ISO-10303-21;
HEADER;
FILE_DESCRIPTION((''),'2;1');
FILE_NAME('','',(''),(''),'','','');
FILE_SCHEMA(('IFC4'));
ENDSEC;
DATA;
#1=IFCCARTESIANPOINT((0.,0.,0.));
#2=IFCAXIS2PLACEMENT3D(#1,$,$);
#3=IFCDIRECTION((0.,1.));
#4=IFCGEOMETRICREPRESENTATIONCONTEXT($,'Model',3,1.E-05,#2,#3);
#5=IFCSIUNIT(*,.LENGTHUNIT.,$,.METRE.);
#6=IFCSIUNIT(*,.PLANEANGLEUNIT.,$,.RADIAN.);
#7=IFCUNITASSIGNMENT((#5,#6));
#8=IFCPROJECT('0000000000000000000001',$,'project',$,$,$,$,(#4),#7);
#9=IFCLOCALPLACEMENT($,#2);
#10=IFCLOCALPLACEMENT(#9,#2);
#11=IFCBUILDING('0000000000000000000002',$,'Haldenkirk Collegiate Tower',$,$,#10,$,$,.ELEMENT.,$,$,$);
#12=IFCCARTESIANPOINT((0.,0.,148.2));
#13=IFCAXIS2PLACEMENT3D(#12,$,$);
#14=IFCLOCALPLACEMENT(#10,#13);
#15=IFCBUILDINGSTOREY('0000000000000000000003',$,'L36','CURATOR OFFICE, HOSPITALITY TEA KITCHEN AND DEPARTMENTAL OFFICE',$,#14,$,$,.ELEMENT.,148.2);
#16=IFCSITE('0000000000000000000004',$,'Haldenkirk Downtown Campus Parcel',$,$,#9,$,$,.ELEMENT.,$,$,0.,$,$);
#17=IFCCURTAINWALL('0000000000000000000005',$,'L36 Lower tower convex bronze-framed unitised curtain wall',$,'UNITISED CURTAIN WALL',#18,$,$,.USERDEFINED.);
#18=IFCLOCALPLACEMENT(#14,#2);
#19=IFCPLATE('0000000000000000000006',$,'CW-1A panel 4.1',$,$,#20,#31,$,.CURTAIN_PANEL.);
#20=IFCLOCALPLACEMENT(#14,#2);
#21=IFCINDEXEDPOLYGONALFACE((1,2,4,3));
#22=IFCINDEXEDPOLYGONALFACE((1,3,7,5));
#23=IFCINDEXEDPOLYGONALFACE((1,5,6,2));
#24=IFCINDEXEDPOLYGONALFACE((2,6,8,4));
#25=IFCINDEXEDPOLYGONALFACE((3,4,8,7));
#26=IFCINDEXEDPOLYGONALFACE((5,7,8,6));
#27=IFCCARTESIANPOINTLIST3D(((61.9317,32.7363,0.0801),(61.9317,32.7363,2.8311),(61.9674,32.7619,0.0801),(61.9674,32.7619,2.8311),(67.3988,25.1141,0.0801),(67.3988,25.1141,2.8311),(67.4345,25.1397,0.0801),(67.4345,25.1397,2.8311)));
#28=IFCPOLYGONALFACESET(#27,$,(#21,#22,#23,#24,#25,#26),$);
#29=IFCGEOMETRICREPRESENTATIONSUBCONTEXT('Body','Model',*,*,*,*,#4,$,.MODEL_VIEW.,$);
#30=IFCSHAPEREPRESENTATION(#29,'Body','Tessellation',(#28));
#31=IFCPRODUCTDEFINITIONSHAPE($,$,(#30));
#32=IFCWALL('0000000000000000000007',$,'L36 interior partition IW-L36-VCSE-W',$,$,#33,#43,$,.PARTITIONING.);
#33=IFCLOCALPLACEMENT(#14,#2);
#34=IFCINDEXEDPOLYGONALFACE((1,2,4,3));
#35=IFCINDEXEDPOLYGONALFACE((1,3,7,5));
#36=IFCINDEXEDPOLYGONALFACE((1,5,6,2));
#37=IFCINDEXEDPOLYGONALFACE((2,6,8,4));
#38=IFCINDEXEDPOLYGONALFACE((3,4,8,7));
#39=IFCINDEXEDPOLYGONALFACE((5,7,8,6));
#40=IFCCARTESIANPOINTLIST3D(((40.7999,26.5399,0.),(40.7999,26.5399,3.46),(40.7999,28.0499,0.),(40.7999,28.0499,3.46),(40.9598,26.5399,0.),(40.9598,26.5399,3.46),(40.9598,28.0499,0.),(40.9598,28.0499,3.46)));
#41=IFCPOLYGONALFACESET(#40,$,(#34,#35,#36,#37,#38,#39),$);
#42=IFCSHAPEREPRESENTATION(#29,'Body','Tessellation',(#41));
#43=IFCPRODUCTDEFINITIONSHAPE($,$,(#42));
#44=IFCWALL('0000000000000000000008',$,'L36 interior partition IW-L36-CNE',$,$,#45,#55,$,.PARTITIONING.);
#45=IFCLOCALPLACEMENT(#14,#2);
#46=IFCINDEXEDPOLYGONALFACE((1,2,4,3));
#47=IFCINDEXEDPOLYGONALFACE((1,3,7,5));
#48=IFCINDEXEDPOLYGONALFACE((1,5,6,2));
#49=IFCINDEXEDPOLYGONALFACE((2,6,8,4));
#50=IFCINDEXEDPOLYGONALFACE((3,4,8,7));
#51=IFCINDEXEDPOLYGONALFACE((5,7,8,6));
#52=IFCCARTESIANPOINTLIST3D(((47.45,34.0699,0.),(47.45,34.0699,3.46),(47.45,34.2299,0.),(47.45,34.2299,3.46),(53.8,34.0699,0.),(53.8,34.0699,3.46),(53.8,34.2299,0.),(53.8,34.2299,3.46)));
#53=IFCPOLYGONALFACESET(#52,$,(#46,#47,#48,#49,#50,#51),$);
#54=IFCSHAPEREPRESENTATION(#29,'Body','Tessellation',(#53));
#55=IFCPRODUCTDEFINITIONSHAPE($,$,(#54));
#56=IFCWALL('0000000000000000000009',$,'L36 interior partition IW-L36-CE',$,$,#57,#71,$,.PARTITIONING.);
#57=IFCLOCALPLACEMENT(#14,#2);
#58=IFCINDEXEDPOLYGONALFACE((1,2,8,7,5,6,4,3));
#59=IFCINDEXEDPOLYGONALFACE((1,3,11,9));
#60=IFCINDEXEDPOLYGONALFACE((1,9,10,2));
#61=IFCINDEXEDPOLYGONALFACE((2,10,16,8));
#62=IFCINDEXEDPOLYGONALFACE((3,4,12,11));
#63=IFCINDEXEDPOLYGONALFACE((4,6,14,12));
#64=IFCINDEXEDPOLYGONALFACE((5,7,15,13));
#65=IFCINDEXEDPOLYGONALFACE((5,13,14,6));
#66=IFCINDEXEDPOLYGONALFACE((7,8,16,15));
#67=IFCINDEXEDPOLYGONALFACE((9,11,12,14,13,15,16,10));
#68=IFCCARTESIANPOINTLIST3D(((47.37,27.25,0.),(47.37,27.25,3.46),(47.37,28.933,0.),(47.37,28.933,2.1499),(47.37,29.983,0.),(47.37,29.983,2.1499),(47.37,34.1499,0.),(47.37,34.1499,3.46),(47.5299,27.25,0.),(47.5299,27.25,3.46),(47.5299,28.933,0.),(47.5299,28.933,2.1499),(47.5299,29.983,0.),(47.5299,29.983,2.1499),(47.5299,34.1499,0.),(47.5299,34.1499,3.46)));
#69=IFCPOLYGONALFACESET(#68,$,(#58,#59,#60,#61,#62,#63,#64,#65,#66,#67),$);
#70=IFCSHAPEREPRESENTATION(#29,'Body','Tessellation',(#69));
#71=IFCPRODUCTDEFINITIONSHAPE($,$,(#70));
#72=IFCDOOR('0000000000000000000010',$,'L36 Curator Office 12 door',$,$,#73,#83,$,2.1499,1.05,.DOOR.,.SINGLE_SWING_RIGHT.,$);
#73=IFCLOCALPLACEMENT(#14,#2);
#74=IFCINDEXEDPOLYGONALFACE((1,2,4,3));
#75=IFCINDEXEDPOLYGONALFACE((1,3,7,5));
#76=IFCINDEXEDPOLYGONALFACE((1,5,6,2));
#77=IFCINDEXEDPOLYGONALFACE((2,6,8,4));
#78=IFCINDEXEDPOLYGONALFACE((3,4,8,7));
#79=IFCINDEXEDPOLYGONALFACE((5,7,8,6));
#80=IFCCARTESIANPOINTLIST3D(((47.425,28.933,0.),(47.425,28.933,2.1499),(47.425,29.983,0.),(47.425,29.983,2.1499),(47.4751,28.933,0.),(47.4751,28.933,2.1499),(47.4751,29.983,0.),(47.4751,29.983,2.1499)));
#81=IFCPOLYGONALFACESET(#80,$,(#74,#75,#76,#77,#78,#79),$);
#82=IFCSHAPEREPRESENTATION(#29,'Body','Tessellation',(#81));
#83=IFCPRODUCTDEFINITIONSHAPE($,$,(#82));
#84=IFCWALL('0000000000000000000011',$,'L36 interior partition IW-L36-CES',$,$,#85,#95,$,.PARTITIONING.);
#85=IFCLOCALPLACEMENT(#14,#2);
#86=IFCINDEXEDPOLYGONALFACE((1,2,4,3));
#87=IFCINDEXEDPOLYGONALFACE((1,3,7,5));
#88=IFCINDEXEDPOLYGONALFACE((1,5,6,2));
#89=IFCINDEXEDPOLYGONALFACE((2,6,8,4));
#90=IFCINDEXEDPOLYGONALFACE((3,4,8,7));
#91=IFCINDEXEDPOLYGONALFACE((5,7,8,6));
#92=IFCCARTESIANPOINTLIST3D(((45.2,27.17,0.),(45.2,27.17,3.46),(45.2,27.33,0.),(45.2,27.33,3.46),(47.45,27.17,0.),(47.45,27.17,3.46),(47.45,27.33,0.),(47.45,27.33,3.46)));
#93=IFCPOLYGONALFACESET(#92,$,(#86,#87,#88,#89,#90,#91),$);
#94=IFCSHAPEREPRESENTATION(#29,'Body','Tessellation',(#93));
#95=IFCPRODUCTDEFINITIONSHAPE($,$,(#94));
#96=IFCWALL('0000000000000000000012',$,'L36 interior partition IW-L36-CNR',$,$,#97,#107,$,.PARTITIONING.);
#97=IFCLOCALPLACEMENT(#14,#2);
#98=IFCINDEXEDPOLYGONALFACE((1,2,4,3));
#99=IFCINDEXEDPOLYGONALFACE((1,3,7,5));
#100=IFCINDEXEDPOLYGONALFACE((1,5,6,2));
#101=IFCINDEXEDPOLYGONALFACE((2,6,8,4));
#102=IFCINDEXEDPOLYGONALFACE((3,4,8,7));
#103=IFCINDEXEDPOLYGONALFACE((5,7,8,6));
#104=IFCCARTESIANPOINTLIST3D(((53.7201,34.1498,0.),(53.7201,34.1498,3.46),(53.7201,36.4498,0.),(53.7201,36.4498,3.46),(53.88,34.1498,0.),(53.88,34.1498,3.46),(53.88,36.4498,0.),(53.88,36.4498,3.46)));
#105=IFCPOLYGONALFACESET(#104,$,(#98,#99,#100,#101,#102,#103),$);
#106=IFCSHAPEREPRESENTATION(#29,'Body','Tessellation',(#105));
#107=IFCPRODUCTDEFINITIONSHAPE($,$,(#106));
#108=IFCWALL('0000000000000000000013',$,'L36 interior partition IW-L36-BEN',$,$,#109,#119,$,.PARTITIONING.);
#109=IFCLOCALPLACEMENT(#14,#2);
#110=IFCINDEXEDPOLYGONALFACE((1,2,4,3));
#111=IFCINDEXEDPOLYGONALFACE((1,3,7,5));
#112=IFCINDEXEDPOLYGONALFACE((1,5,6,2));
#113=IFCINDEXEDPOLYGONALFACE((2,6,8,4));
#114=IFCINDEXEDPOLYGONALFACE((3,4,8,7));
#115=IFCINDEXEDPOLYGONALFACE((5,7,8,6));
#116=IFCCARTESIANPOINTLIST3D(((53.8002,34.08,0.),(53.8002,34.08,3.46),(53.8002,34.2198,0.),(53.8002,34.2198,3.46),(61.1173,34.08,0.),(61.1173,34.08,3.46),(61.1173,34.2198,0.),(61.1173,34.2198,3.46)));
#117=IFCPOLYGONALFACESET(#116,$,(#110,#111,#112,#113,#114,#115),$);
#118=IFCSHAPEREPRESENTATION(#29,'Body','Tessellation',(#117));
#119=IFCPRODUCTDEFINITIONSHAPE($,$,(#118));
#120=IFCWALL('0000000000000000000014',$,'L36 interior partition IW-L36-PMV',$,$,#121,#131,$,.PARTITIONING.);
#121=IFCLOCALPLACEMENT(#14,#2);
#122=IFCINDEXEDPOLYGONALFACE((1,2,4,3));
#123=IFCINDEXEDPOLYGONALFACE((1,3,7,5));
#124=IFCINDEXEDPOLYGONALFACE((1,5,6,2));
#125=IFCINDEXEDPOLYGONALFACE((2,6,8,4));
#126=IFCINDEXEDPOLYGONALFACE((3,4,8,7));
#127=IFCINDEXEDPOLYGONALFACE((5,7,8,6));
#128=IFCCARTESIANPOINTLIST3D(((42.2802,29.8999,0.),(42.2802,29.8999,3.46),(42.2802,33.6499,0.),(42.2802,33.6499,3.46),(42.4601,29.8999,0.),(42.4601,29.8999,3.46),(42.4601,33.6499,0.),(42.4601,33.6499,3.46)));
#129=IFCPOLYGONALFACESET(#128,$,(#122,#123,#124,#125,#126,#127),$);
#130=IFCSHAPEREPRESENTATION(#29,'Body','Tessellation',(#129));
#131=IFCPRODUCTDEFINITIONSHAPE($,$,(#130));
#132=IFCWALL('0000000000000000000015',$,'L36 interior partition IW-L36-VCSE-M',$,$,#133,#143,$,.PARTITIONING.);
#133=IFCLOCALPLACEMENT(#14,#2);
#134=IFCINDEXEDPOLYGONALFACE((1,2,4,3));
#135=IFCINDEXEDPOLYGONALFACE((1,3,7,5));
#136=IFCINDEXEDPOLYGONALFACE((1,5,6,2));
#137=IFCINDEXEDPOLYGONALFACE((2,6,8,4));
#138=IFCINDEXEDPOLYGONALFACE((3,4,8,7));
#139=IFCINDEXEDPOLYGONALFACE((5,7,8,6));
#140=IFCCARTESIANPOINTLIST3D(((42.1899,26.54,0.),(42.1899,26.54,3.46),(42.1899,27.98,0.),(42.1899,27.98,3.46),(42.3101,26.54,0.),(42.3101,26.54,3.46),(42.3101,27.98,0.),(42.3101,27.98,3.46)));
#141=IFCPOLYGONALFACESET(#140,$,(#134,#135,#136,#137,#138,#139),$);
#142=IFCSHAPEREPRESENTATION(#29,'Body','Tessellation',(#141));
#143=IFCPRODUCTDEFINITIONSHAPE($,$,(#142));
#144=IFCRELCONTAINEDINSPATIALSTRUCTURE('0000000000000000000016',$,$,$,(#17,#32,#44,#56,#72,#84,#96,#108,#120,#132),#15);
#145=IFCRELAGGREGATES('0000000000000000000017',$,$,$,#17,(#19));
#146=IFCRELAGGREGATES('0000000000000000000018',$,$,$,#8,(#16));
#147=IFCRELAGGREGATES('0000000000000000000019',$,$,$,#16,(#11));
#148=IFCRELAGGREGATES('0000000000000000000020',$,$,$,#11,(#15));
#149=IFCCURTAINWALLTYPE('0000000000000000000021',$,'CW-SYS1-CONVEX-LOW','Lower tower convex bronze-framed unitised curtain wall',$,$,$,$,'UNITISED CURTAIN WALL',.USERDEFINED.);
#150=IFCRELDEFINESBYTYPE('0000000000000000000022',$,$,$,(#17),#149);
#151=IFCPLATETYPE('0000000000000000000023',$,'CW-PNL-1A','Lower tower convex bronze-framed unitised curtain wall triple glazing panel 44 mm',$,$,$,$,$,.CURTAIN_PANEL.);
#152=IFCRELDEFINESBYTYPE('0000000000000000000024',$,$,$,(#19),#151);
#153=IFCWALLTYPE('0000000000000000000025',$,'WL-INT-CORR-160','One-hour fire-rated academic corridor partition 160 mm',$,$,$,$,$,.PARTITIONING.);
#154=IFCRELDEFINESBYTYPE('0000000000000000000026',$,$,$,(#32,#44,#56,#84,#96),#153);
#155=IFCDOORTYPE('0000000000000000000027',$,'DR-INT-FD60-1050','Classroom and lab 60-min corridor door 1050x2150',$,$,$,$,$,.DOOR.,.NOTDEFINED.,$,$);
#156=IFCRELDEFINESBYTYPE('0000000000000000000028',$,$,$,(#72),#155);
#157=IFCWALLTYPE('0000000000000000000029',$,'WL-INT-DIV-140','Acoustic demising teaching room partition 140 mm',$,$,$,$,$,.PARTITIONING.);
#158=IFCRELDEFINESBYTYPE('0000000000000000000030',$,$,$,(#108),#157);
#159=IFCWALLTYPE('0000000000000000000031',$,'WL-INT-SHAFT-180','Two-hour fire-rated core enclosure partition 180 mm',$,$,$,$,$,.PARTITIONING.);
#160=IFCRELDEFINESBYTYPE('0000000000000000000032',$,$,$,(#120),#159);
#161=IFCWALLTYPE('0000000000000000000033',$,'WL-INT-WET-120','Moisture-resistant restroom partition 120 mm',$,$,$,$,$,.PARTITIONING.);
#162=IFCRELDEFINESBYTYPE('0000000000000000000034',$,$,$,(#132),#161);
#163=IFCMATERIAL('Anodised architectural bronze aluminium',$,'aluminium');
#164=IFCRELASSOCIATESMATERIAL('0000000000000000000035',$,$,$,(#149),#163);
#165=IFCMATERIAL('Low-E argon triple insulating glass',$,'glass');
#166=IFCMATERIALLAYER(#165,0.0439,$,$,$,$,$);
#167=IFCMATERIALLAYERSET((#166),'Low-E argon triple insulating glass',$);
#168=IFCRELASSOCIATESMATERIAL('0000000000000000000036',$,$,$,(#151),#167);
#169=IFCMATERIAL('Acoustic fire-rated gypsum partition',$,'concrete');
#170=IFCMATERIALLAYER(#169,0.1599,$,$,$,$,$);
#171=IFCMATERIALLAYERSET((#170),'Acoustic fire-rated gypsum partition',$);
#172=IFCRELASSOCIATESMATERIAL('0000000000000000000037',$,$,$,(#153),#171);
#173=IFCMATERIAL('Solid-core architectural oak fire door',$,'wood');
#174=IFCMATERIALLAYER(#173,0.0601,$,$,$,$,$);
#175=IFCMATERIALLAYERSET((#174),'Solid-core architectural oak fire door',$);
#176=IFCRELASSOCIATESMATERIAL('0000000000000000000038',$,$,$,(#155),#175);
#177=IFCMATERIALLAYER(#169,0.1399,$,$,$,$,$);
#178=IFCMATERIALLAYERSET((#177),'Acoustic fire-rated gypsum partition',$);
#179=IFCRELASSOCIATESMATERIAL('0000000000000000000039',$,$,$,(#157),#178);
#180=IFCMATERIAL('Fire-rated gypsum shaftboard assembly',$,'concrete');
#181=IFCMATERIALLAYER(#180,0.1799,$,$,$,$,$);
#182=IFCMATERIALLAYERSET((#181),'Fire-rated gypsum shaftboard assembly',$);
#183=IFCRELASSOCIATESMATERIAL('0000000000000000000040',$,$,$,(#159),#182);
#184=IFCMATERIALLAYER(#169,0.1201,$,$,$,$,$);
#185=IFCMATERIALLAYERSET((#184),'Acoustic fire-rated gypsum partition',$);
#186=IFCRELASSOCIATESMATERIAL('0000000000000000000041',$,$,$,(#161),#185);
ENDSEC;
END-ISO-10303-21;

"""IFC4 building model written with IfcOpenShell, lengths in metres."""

from ifc_helpers import new_model, si_unit, direction, frame, frame_2d, origin, origin_2d, place, context, subcontext, project, spatial, rectangle, extrude, source, transform, mapped, material, layer, layer_set, type_object, element, fill, aggregate, save


model = new_model("IFC4")

# Units and contexts
model_context = context("Model", 3, precision=1e-05, world=origin(), true_north=direction((0.0, 1.0)))
body_context = subcontext(model_context, "Body", "Model", "MODEL_VIEW")
ifc_project = project(units=[si_unit("LENGTHUNIT", "METRE"), si_unit("PLANEANGLEUNIT", "RADIAN")], contexts=[model_context])

# Site, building, storey
site_placement = place(None, origin())
site = spatial("IfcSite", under=ifc_project, at=site_placement, Name="Haldenkirk Downtown Campus Parcel", CompositionType="ELEMENT", RefElevation=0.0)
building_placement = place(site_placement, origin())
building = spatial("IfcBuilding", under=site, at=building_placement, Name="Haldenkirk Collegiate Tower", CompositionType="ELEMENT")
storey_placement = place(building_placement, frame((0.0, 0.0, 148.2)))
storey = spatial("IfcBuildingStorey", under=building, at=storey_placement, Name="L36", Description="CURATOR OFFICE, HOSPITALITY TEA KITCHEN AND DEPARTMENTAL OFFICE", CompositionType="ELEMENT", Elevation=148.2)

# Curtain wall, plate
ifc_material_1 = material(Name="Anodised architectural bronze aluminium", Category="aluminium")
curtain_wall_type = type_object("IfcCurtainWallType", Name="CW-SYS1-CONVEX-LOW", Description="Lower tower convex bronze-framed unitised curtain wall", ElementType="UNITISED CURTAIN WALL", PredefinedType="USERDEFINED", material=ifc_material_1)
curtain_wall_placement = place(storey_placement, origin())
curtain_wall = element("IfcCurtainWall", 1, at=curtain_wall_placement, inside=storey, type_object=curtain_wall_type, Name="L36 Lower tower convex bronze-framed unitised curtain wall", ObjectType="UNITISED CURTAIN WALL", PredefinedType="USERDEFINED")
ifc_material_2 = material(Name="Low-E argon triple insulating glass", Category="glass")
ifc_layer_1 = layer(ifc_material_2, 0.0439)
ifc_layer_set_1 = layer_set([ifc_layer_1], Name="Low-E argon triple insulating glass")
plate_type_1 = type_object("IfcPlateType", Name="CW-PNL-1A", Description="Lower tower convex bronze-framed unitised curtain wall triple glazing panel 44 mm", PredefinedType="CURTAIN_PANEL", material=ifc_layer_set_1)
shared_shape_1 = source(origin(), body_context, "Body", "SweptSolid", [
    extrude(rectangle(XDim=9.3801, YDim=0.0439, at=origin_2d()), origin(), (0.0, 0.0, 1.0), 2.751),
])
plate_1_placement = place(storey_placement, frame((64.6831, 28.938, 0.0801), z_axis=(0.0, 0.0, 1.0), x_axis=(0.582832, -0.812592, 0.0)))
plate_1 = element("IfcPlate", 2, at=plate_1_placement, type_object=plate_type_1, Name="CW-1A panel 4.1", PredefinedType="CURTAIN_PANEL", context=body_context, shape_type="MappedRepresentation", body=[
    mapped(shared_shape_1, transform((0.0, 0.0, 0.0), x_axis=(1.0, 0.0, 0.0), y_axis=(0.0, 1.0, 0.0), z_axis=(0.0, 0.0, 1.0), scale=1.0)),
])
aggregate(curtain_wall, [plate_1])

# Walls
ifc_material_3 = material(Name="Acoustic fire-rated gypsum partition", Category="concrete")
ifc_layer_2 = layer(ifc_material_3, 0.1599)
ifc_layer_set_2 = layer_set([ifc_layer_2], Name="Acoustic fire-rated gypsum partition")
wall_type_1 = type_object("IfcWallType", Name="WL-INT-CORR-160", Description="One-hour fire-rated academic corridor partition 160 mm", PredefinedType="PARTITIONING", material=ifc_layer_set_2)
wall_1_placement = place(storey_placement, frame((40.8799, 26.54, 0.0), z_axis=(0.0, 0.0, 1.0), x_axis=(0.0, 1.0, 0.0)))
element("IfcWall", 3, at=wall_1_placement, inside=storey, type_object=wall_type_1, Name="L36 interior partition IW-L36-VCSE-W", PredefinedType="PARTITIONING", context=body_context, shape_type="SweptSolid", body=[
    extrude(rectangle(XDim=1.51, YDim=0.1599, at=frame_2d((0.7549, 0.0))), origin(), (0.0, 0.0, 1.0), 3.46),
])
wall_2_placement = place(storey_placement, frame((47.45, 34.1499, 0.0), z_axis=(0.0, 0.0, 1.0), x_axis=(1.0, 0.0, 0.0)))
element("IfcWall", 4, at=wall_2_placement, inside=storey, type_object=wall_type_1, Name="L36 interior partition IW-L36-CNE", PredefinedType="PARTITIONING", context=body_context, shape_type="SweptSolid", body=[
    extrude(rectangle(XDim=6.3501, YDim=0.1599, at=frame_2d((3.175, 0.0))), origin(), (0.0, 0.0, 1.0), 3.46),
])

# Wall, opening, door
wall_3_placement = place(storey_placement, frame((47.45, 27.25, 0.0), z_axis=(0.0, 0.0, 1.0), x_axis=(0.0, 1.0, 0.0)))
wall_3 = element("IfcWall", 5, at=wall_3_placement, inside=storey, type_object=wall_type_1, Name="L36 interior partition IW-L36-CE", PredefinedType="PARTITIONING", context=body_context, shape_type="SweptSolid", body=[
    extrude(rectangle(XDim=6.8999, YDim=0.1599, at=frame_2d((3.45, 0.0))), origin(), (0.0, 0.0, 1.0), 3.46),
])
opening_placement = place(wall_3_placement, frame((1.6831, 0.0, 0.0)))
opening = element("IfcOpeningElement", 6, at=opening_placement, cuts=wall_3, PredefinedType="OPENING", context=body_context, shape_type="SweptSolid", body=[
    extrude(rectangle(XDim=1.05, YDim=2.1499, at=frame_2d((0.5249, 1.075))), frame((0.0, 0.0898, 0.0), z_axis=(0.0, -1.0, 0.0), x_axis=(1.0, 0.0, 0.0)), (0.0, 0.0, 1.0), 0.1799),
])
ifc_material_4 = material(Name="Solid-core architectural oak fire door", Category="wood")
ifc_layer_3 = layer(ifc_material_4, 0.0601)
ifc_layer_set_3 = layer_set([ifc_layer_3], Name="Solid-core architectural oak fire door")
door_type = type_object("IfcDoorType", Name="DR-INT-FD60-1050", Description="Classroom and lab 60-min corridor door 1050x2150", OperationType="NOTDEFINED", PredefinedType="DOOR", material=ifc_layer_set_3)
door_placement = place(opening_placement, origin())
door = element("IfcDoor", 7, at=door_placement, inside=storey, type_object=door_type, Name="L36 Curator Office 12 door", OperationType="SINGLE_SWING_RIGHT", OverallHeight=2.1499, OverallWidth=1.05, PredefinedType="DOOR", context=body_context, shape_type="SweptSolid", body=[
    extrude(rectangle(XDim=1.05, YDim=2.1499, at=frame_2d((0.5249, 1.075))), frame((0.0, 0.0249, 0.0), z_axis=(0.0, -1.0, 0.0), x_axis=(1.0, 0.0, 0.0)), (0.0, 0.0, 1.0), 0.05),
])
fill(opening, door)

# Walls
wall_4_placement = place(storey_placement, frame((45.2, 27.25, 0.0), z_axis=(0.0, 0.0, 1.0), x_axis=(1.0, 0.0, 0.0)))
element("IfcWall", 8, at=wall_4_placement, inside=storey, type_object=wall_type_1, Name="L36 interior partition IW-L36-CES", PredefinedType="PARTITIONING", context=body_context, shape_type="SweptSolid", body=[
    extrude(rectangle(XDim=2.25, YDim=0.1599, at=frame_2d((1.125, 0.0))), origin(), (0.0, 0.0, 1.0), 3.46),
])
wall_5_placement = place(storey_placement, frame((53.8, 34.1499, 0.0), z_axis=(0.0, 0.0, 1.0), x_axis=(0.0, 1.0, 0.0)))
element("IfcWall", 9, at=wall_5_placement, inside=storey, type_object=wall_type_1, Name="L36 interior partition IW-L36-CNR", PredefinedType="PARTITIONING", context=body_context, shape_type="SweptSolid", body=[
    extrude(rectangle(XDim=2.3, YDim=0.1599, at=frame_2d((1.1499, 0.0))), origin(), (0.0, 0.0, 1.0), 3.46),
])
ifc_layer_4 = layer(ifc_material_3, 0.1399)
ifc_layer_set_4 = layer_set([ifc_layer_4], Name="Acoustic fire-rated gypsum partition")
wall_type_2 = type_object("IfcWallType", Name="WL-INT-DIV-140", Description="Acoustic demising teaching room partition 140 mm", PredefinedType="PARTITIONING", material=ifc_layer_set_4)
wall_6_placement = place(storey_placement, frame((53.8, 34.1499, 0.0), z_axis=(0.0, 0.0, 1.0), x_axis=(1.0, 0.0, 0.0)))
element("IfcWall", 10, at=wall_6_placement, inside=storey, type_object=wall_type_2, Name="L36 interior partition IW-L36-BEN", PredefinedType="PARTITIONING", context=body_context, shape_type="SweptSolid", body=[
    extrude(rectangle(XDim=7.3171, YDim=0.1399, at=frame_2d((3.6587, 0.0))), origin(), (0.0, 0.0, 1.0), 3.46),
])
ifc_material_5 = material(Name="Fire-rated gypsum shaftboard assembly", Category="concrete")
ifc_layer_5 = layer(ifc_material_5, 0.1799)
ifc_layer_set_5 = layer_set([ifc_layer_5], Name="Fire-rated gypsum shaftboard assembly")
wall_type_3 = type_object("IfcWallType", Name="WL-INT-SHAFT-180", Description="Two-hour fire-rated core enclosure partition 180 mm", PredefinedType="PARTITIONING", material=ifc_layer_set_5)
wall_7_placement = place(storey_placement, frame((42.3701, 29.8999, 0.0), z_axis=(0.0, 0.0, 1.0), x_axis=(0.0, 1.0, 0.0)))
element("IfcWall", 11, at=wall_7_placement, inside=storey, type_object=wall_type_3, Name="L36 interior partition IW-L36-PMV", PredefinedType="PARTITIONING", context=body_context, shape_type="SweptSolid", body=[
    extrude(rectangle(XDim=3.75, YDim=0.1799, at=frame_2d((1.875, 0.0))), origin(), (0.0, 0.0, 1.0), 3.46),
])
ifc_layer_6 = layer(ifc_material_3, 0.1201)
ifc_layer_set_6 = layer_set([ifc_layer_6], Name="Acoustic fire-rated gypsum partition")
wall_type_4 = type_object("IfcWallType", Name="WL-INT-WET-120", Description="Moisture-resistant restroom partition 120 mm", PredefinedType="PARTITIONING", material=ifc_layer_set_6)
wall_8_placement = place(storey_placement, frame((42.25, 26.54, 0.0), z_axis=(0.0, 0.0, 1.0), x_axis=(0.0, 1.0, 0.0)))
element("IfcWall", 12, at=wall_8_placement, inside=storey, type_object=wall_type_4, Name="L36 interior partition IW-L36-VCSE-M", PredefinedType="PARTITIONING", context=body_context, shape_type="SweptSolid", body=[
    extrude(rectangle(XDim=1.4399, YDim=0.1201, at=frame_2d((0.72, 0.0))), origin(), (0.0, 0.0, 1.0), 3.46),
])

save(model, "model.ifc")
